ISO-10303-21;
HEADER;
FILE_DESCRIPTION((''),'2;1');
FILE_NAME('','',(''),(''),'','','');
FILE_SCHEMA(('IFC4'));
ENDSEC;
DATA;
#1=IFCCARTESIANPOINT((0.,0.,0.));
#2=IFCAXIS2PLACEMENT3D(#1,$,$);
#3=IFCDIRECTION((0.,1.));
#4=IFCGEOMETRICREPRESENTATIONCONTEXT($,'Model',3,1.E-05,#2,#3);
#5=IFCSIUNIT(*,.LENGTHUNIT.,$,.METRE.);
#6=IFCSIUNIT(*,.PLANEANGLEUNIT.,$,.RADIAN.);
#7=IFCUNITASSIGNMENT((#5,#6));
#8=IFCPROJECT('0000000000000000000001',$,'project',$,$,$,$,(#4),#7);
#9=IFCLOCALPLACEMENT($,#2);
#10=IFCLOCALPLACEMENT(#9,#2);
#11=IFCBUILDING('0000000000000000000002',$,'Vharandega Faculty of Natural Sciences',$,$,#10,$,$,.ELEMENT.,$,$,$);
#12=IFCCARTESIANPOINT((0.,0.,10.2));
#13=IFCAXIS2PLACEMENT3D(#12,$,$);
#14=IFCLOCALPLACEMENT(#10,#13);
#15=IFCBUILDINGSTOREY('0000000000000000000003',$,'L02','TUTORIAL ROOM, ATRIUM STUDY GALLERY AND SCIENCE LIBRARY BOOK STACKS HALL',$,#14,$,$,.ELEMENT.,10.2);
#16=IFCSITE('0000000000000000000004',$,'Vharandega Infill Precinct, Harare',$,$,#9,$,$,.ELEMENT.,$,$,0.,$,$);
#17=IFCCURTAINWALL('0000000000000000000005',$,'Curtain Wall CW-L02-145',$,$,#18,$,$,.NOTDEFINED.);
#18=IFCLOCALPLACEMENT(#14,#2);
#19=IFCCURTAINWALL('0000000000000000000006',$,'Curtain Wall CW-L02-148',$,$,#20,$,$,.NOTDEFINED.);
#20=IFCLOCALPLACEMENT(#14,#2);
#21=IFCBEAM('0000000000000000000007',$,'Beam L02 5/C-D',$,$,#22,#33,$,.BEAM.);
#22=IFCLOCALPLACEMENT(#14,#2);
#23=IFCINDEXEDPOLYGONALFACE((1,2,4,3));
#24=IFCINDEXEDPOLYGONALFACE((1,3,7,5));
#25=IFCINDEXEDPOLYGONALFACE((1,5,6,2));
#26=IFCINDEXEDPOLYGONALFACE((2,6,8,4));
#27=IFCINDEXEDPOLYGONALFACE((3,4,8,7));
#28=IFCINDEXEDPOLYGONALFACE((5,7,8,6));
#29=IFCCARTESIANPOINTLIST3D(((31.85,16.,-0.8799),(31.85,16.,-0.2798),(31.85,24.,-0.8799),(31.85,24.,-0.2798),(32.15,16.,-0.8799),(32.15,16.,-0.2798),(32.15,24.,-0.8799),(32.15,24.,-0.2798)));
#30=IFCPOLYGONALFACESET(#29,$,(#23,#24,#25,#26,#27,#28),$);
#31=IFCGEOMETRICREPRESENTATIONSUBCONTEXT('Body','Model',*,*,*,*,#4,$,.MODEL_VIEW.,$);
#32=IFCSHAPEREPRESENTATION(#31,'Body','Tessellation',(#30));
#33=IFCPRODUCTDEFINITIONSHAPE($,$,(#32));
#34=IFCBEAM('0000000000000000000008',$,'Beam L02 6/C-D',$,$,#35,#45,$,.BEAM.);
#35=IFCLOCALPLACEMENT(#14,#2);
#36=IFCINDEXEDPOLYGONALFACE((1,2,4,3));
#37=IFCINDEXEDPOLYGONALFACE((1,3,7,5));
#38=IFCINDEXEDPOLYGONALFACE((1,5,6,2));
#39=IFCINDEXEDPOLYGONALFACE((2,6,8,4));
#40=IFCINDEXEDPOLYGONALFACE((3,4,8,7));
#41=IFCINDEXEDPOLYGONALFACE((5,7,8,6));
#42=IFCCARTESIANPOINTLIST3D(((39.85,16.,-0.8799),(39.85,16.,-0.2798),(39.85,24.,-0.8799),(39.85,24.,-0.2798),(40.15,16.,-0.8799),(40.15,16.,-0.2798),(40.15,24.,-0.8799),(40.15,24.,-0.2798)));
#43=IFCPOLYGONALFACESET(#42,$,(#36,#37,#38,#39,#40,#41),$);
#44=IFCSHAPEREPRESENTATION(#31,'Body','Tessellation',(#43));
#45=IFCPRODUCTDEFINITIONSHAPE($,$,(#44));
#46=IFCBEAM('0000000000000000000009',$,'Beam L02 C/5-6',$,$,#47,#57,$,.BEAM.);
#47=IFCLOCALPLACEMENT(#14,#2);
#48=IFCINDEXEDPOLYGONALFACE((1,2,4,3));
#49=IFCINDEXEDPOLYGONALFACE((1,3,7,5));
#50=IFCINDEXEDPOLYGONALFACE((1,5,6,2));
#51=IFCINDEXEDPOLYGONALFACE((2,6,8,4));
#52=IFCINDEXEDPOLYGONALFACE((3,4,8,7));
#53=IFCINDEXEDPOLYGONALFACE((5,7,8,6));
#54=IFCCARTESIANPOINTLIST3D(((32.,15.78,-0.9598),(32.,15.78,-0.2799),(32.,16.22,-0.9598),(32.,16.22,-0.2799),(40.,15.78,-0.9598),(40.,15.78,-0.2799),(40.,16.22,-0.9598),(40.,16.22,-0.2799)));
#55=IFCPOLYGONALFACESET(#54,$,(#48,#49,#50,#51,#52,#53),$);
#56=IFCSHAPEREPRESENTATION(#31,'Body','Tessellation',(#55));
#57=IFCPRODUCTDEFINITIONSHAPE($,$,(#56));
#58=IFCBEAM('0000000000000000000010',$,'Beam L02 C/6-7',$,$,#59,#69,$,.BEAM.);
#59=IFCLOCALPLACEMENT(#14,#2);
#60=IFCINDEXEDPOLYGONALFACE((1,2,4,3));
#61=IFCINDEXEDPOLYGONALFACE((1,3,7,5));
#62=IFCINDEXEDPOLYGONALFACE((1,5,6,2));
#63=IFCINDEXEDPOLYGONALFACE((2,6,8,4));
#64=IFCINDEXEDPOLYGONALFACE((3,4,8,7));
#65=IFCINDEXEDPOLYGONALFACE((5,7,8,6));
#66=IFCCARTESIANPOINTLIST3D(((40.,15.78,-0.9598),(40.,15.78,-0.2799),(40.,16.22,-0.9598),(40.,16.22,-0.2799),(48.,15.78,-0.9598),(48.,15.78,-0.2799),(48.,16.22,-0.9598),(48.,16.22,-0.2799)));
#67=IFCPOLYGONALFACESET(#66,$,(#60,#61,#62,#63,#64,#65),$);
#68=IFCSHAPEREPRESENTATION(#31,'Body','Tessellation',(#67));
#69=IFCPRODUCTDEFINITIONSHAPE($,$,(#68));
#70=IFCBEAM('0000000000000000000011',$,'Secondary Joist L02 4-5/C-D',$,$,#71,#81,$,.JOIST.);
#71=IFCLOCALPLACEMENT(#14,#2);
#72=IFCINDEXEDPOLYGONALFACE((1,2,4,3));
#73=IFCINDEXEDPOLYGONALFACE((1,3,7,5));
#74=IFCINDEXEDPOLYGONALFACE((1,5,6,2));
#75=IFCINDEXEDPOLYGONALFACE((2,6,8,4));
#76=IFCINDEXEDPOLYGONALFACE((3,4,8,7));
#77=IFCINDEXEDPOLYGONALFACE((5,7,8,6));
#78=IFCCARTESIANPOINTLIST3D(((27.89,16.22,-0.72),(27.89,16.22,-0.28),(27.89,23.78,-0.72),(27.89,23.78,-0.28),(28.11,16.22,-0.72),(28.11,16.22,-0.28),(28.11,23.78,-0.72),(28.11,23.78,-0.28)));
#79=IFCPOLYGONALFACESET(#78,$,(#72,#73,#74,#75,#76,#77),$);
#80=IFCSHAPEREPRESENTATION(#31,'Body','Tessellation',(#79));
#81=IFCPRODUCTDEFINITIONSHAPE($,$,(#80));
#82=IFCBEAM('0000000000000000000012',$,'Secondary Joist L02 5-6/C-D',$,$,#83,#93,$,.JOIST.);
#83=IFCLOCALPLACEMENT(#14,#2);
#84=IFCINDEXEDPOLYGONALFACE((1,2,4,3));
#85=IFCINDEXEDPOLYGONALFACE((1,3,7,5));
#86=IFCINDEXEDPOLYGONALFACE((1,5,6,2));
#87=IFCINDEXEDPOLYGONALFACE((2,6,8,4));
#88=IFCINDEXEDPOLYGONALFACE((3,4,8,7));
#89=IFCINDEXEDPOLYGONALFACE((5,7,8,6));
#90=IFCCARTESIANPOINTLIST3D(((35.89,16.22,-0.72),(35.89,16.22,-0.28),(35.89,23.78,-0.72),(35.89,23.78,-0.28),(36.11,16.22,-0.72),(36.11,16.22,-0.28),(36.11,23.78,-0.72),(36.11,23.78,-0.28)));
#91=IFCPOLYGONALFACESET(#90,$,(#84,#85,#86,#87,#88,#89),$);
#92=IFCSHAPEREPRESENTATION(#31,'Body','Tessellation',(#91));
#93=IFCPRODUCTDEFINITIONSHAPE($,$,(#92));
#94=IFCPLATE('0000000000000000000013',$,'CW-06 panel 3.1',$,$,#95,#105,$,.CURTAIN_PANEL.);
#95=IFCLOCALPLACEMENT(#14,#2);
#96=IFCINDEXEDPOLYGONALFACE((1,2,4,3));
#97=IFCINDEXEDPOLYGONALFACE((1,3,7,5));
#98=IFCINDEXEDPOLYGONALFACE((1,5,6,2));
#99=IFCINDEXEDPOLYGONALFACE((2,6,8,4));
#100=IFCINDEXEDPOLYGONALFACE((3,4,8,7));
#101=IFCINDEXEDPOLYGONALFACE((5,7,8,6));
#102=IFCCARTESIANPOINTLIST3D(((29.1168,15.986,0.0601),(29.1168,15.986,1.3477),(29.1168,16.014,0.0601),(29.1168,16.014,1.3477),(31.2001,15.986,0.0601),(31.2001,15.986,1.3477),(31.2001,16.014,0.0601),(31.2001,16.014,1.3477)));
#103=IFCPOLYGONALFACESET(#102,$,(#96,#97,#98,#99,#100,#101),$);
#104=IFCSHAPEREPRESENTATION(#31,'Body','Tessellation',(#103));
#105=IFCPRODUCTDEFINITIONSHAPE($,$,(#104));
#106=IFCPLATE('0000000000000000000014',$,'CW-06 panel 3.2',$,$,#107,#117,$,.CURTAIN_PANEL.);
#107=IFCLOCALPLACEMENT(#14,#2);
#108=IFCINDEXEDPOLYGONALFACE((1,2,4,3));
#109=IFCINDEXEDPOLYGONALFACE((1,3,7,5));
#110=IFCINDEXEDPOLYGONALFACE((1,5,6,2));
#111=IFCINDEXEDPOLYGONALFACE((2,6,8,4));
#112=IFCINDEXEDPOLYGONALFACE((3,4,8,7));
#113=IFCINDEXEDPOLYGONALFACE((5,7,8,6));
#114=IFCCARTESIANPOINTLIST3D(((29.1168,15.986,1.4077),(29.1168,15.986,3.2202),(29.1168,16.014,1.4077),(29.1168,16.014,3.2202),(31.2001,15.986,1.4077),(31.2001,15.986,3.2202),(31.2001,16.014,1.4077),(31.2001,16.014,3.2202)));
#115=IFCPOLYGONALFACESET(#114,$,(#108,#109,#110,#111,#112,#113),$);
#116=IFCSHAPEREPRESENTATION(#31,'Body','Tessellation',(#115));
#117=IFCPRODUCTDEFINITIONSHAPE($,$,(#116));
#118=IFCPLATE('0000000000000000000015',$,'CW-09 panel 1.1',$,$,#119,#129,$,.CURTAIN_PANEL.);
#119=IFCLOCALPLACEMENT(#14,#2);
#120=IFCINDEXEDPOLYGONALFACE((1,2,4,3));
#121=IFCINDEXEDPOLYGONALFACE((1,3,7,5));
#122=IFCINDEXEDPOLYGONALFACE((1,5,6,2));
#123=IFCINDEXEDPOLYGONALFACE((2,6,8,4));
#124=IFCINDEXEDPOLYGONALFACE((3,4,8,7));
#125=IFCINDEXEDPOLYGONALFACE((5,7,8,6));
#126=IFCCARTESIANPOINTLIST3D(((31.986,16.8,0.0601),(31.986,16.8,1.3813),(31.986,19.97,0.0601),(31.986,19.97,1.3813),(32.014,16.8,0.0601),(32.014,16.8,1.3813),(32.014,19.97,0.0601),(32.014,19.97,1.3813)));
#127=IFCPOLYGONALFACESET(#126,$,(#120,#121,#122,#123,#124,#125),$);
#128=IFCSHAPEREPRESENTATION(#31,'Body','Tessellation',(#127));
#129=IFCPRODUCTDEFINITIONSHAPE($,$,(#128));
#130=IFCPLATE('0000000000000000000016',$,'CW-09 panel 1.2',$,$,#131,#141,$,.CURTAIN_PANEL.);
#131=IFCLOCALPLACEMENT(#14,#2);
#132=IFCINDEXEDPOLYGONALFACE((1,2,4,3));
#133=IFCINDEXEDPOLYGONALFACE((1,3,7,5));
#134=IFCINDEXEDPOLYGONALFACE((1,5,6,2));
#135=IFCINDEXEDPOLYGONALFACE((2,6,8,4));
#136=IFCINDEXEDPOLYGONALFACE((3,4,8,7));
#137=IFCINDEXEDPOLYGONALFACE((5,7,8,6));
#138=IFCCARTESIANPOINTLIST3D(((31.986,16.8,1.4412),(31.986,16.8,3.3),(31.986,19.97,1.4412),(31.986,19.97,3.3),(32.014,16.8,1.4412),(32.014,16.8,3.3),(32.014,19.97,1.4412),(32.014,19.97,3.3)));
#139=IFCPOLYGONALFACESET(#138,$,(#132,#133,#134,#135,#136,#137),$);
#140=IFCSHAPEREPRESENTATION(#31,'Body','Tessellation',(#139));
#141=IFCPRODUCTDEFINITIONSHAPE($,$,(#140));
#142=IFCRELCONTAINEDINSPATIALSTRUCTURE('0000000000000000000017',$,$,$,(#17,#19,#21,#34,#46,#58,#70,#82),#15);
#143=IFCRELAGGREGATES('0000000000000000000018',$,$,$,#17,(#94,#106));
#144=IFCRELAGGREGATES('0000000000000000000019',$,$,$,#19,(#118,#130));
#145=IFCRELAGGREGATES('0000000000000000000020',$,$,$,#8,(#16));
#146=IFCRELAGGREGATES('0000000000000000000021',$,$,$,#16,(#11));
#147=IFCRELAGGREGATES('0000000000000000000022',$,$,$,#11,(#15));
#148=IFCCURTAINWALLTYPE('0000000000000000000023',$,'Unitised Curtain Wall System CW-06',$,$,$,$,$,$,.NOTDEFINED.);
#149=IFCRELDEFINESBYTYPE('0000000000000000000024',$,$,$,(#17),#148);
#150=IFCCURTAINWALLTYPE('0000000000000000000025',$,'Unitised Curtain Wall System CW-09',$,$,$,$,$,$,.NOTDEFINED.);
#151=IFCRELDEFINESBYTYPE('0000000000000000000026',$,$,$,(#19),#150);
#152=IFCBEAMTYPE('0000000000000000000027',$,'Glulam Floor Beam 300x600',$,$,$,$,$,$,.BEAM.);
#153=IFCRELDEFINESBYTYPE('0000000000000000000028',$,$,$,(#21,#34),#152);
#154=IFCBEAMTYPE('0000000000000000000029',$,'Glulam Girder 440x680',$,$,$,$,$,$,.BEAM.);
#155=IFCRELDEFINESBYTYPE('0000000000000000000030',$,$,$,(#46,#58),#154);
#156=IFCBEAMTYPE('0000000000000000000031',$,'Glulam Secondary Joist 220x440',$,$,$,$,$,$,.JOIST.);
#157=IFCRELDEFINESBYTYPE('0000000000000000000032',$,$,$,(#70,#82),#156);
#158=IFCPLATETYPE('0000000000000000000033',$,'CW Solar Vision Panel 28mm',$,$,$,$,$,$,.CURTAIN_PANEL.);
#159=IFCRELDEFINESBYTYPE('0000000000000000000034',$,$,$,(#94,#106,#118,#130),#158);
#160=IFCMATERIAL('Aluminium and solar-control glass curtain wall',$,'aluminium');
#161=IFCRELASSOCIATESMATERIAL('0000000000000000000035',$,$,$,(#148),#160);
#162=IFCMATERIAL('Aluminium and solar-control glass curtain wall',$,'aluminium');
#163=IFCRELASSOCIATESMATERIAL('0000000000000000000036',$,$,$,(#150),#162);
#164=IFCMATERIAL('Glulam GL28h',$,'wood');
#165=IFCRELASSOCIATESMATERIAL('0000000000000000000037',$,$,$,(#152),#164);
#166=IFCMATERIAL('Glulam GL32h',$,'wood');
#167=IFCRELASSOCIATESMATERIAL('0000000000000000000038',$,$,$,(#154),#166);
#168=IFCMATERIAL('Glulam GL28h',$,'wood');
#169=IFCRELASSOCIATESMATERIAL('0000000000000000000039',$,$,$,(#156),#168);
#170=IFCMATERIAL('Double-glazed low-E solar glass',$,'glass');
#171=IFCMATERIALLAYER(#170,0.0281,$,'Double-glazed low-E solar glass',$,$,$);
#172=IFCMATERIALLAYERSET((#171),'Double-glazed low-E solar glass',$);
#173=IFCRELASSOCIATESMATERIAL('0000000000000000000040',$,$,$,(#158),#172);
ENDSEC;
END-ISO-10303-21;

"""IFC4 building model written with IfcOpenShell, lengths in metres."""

from ifc_helpers import new_model, si_unit, direction, frame, origin, origin_2d, place, context, subcontext, project, spatial, rectangle, extrude, material, layer, layer_set, material_profile, profile_set, type_object, element, aggregate, save


model = new_model("IFC4")

# Units and contexts
model_context = context("Model", 3, precision=1e-05, world=origin(), true_north=direction((0.0, 1.0)))
body_context = subcontext(model_context, "Body", "Model", "MODEL_VIEW")
ifc_project = project(units=[si_unit("LENGTHUNIT", "METRE"), si_unit("PLANEANGLEUNIT", "RADIAN")], contexts=[model_context])

# Site, building, storey
site_placement = place(None, origin())
site = spatial("IfcSite", under=ifc_project, at=site_placement, Name="Vharandega Infill Precinct, Harare", CompositionType="ELEMENT", RefElevation=0.0)
building_placement = place(site_placement, origin())
building = spatial("IfcBuilding", under=site, at=building_placement, Name="Vharandega Faculty of Natural Sciences", CompositionType="ELEMENT")
storey_placement = place(building_placement, frame((0.0, 0.0, 10.2)))
storey = spatial("IfcBuildingStorey", under=building, at=storey_placement, Name="L02", Description="TUTORIAL ROOM, ATRIUM STUDY GALLERY AND SCIENCE LIBRARY BOOK STACKS HALL", CompositionType="ELEMENT", Elevation=10.2)

# Curtain walls
ifc_material_1 = material(Name="Aluminium and solar-control glass curtain wall", Category="aluminium")
curtain_wall_type_1 = type_object("IfcCurtainWallType", Name="Unitised Curtain Wall System CW-06", PredefinedType="NOTDEFINED", material=ifc_material_1)
curtain_wall_1_placement = place(storey_placement, origin())
curtain_wall_1 = element("IfcCurtainWall", 1, at=curtain_wall_1_placement, inside=storey, type_object=curtain_wall_type_1, Name="Curtain Wall CW-L02-145", PredefinedType="NOTDEFINED")
ifc_material_2 = material(Name="Aluminium and solar-control glass curtain wall", Category="aluminium")
curtain_wall_type_2 = type_object("IfcCurtainWallType", Name="Unitised Curtain Wall System CW-09", PredefinedType="NOTDEFINED", material=ifc_material_2)
curtain_wall_2_placement = place(storey_placement, origin())
curtain_wall_2 = element("IfcCurtainWall", 2, at=curtain_wall_2_placement, inside=storey, type_object=curtain_wall_type_2, Name="Curtain Wall CW-L02-148", PredefinedType="NOTDEFINED")

# Beams
ifc_material_3 = material(Name="Glulam GL28h", Category="wood")
ifc_material_profile_1 = material_profile(ifc_material_3, rectangle(XDim=0.3, YDim=0.6001, at=origin_2d()), Name="GL28h 300x600")
ifc_profile_set_1 = profile_set([ifc_material_profile_1], Name="Glulam GL28h")
beam_type_1 = type_object("IfcBeamType", Name="Glulam Floor Beam 300x600", PredefinedType="BEAM", material=ifc_profile_set_1)
for number, where, z_axis, x_axis, name in (
    (3, (32.0, 16.0, -0.5798), (0.0, 1.0, 0.0), (-1.0, 0.0, 0.0), "Beam L02 5/C-D"),
    (4, (40.0, 16.0, -0.5798), (0.0, 1.0, 0.0), (-1.0, 0.0, 0.0), "Beam L02 6/C-D"),
):
    element("IfcBeam", number, at=place(storey_placement, frame(where, z_axis=z_axis, x_axis=x_axis)), inside=storey, type_object=beam_type_1, Name=name, PredefinedType="BEAM", context=body_context, shape_type="SweptSolid", body=[
        extrude(rectangle(XDim=0.3, YDim=0.6001, at=origin_2d()), origin(), (0.0, 0.0, 1.0), 8.0),
    ])
ifc_material_4 = material(Name="Glulam GL32h", Category="wood")
ifc_material_profile_2 = material_profile(ifc_material_4, rectangle(XDim=0.4399, YDim=0.6799, at=origin_2d()), Name="GL32h 440x680")
ifc_profile_set_2 = profile_set([ifc_material_profile_2], Name="Glulam GL32h")
beam_type_2 = type_object("IfcBeamType", Name="Glulam Girder 440x680", PredefinedType="BEAM", material=ifc_profile_set_2)
for number, where, z_axis, x_axis, name in (
    (5, (32.0, 16.0, -0.6199), (1.0, 0.0, 0.0), (0.0, 1.0, 0.0), "Beam L02 C/5-6"),
    (6, (40.0, 16.0, -0.6199), (1.0, 0.0, 0.0), (0.0, 1.0, 0.0), "Beam L02 C/6-7"),
):
    element("IfcBeam", number, at=place(storey_placement, frame(where, z_axis=z_axis, x_axis=x_axis)), inside=storey, type_object=beam_type_2, Name=name, PredefinedType="BEAM", context=body_context, shape_type="SweptSolid", body=[
        extrude(rectangle(XDim=0.4399, YDim=0.6799, at=origin_2d()), origin(), (0.0, 0.0, 1.0), 8.0),
    ])
ifc_material_5 = material(Name="Glulam GL28h", Category="wood")
ifc_material_profile_3 = material_profile(ifc_material_5, rectangle(XDim=0.22, YDim=0.4399, at=origin_2d()), Name="GL28h 220x440")
ifc_profile_set_3 = profile_set([ifc_material_profile_3], Name="Glulam GL28h")
beam_type_3 = type_object("IfcBeamType", Name="Glulam Secondary Joist 220x440", PredefinedType="JOIST", material=ifc_profile_set_3)
for number, where, z_axis, x_axis, name in (
    (7, (28.0, 16.22, -0.5), (0.0, 1.0, 0.0), (-1.0, 0.0, 0.0), "Secondary Joist L02 4-5/C-D"),
    (8, (36.0, 16.22, -0.5), (0.0, 1.0, 0.0), (-1.0, 0.0, 0.0), "Secondary Joist L02 5-6/C-D"),
):
    element("IfcBeam", number, at=place(storey_placement, frame(where, z_axis=z_axis, x_axis=x_axis)), inside=storey, type_object=beam_type_3, Name=name, PredefinedType="JOIST", context=body_context, shape_type="SweptSolid", body=[
        extrude(rectangle(XDim=0.22, YDim=0.4399, at=origin_2d()), origin(), (0.0, 0.0, 1.0), 7.5601),
    ])

# Plates
ifc_material_6 = material(Name="Double-glazed low-E solar glass", Category="glass")
ifc_layer = layer(ifc_material_6, 0.0281, Name="Double-glazed low-E solar glass")
ifc_layer_set = layer_set([ifc_layer], Name="Double-glazed low-E solar glass")
plate_type = type_object("IfcPlateType", Name="CW Solar Vision Panel 28mm", PredefinedType="CURTAIN_PANEL", material=ifc_layer_set)
plate_1_placement = place(storey_placement, frame((30.1584, 16.0, 0.0601), z_axis=(0.0, 0.0, 1.0), x_axis=(1.0, 0.0, 0.0)))
plate_1 = element("IfcPlate", 9, at=plate_1_placement, type_object=plate_type, Name="CW-06 panel 3.1", PredefinedType="CURTAIN_PANEL", context=body_context, shape_type="SweptSolid", body=[
    extrude(rectangle(XDim=2.0833, YDim=0.0281, at=origin_2d()), origin(), (0.0, 0.0, 1.0), 1.2876),
])
plate_2_placement = place(storey_placement, frame((30.1584, 16.0, 1.4077), z_axis=(0.0, 0.0, 1.0), x_axis=(1.0, 0.0, 0.0)))
plate_2 = element("IfcPlate", 10, at=plate_2_placement, type_object=plate_type, Name="CW-06 panel 3.2", PredefinedType="CURTAIN_PANEL", context=body_context, shape_type="SweptSolid", body=[
    extrude(rectangle(XDim=2.0833, YDim=0.0281, at=origin_2d()), origin(), (0.0, 0.0, 1.0), 1.8125),
])
aggregate(curtain_wall_1, [plate_1, plate_2])
plate_3_placement = place(storey_placement, frame((32.0, 18.385, 0.0601), z_axis=(0.0, 0.0, 1.0), x_axis=(0.0, 1.0, 0.0)))
plate_3 = element("IfcPlate", 11, at=plate_3_placement, type_object=plate_type, Name="CW-09 panel 1.1", PredefinedType="CURTAIN_PANEL", context=body_context, shape_type="SweptSolid", body=[
    extrude(rectangle(XDim=3.1699, YDim=0.0281, at=origin_2d()), origin(), (0.0, 0.0, 1.0), 1.3213),
])
plate_4_placement = place(storey_placement, frame((32.0, 18.385, 1.4412), z_axis=(0.0, 0.0, 1.0), x_axis=(0.0, 1.0, 0.0)))
plate_4 = element("IfcPlate", 12, at=plate_4_placement, type_object=plate_type, Name="CW-09 panel 1.2", PredefinedType="CURTAIN_PANEL", context=body_context, shape_type="SweptSolid", body=[
    extrude(rectangle(XDim=3.1699, YDim=0.0281, at=origin_2d()), origin(), (0.0, 0.0, 1.0), 1.8589),
])
aggregate(curtain_wall_2, [plate_3, plate_4])

save(model, "model.ifc")
